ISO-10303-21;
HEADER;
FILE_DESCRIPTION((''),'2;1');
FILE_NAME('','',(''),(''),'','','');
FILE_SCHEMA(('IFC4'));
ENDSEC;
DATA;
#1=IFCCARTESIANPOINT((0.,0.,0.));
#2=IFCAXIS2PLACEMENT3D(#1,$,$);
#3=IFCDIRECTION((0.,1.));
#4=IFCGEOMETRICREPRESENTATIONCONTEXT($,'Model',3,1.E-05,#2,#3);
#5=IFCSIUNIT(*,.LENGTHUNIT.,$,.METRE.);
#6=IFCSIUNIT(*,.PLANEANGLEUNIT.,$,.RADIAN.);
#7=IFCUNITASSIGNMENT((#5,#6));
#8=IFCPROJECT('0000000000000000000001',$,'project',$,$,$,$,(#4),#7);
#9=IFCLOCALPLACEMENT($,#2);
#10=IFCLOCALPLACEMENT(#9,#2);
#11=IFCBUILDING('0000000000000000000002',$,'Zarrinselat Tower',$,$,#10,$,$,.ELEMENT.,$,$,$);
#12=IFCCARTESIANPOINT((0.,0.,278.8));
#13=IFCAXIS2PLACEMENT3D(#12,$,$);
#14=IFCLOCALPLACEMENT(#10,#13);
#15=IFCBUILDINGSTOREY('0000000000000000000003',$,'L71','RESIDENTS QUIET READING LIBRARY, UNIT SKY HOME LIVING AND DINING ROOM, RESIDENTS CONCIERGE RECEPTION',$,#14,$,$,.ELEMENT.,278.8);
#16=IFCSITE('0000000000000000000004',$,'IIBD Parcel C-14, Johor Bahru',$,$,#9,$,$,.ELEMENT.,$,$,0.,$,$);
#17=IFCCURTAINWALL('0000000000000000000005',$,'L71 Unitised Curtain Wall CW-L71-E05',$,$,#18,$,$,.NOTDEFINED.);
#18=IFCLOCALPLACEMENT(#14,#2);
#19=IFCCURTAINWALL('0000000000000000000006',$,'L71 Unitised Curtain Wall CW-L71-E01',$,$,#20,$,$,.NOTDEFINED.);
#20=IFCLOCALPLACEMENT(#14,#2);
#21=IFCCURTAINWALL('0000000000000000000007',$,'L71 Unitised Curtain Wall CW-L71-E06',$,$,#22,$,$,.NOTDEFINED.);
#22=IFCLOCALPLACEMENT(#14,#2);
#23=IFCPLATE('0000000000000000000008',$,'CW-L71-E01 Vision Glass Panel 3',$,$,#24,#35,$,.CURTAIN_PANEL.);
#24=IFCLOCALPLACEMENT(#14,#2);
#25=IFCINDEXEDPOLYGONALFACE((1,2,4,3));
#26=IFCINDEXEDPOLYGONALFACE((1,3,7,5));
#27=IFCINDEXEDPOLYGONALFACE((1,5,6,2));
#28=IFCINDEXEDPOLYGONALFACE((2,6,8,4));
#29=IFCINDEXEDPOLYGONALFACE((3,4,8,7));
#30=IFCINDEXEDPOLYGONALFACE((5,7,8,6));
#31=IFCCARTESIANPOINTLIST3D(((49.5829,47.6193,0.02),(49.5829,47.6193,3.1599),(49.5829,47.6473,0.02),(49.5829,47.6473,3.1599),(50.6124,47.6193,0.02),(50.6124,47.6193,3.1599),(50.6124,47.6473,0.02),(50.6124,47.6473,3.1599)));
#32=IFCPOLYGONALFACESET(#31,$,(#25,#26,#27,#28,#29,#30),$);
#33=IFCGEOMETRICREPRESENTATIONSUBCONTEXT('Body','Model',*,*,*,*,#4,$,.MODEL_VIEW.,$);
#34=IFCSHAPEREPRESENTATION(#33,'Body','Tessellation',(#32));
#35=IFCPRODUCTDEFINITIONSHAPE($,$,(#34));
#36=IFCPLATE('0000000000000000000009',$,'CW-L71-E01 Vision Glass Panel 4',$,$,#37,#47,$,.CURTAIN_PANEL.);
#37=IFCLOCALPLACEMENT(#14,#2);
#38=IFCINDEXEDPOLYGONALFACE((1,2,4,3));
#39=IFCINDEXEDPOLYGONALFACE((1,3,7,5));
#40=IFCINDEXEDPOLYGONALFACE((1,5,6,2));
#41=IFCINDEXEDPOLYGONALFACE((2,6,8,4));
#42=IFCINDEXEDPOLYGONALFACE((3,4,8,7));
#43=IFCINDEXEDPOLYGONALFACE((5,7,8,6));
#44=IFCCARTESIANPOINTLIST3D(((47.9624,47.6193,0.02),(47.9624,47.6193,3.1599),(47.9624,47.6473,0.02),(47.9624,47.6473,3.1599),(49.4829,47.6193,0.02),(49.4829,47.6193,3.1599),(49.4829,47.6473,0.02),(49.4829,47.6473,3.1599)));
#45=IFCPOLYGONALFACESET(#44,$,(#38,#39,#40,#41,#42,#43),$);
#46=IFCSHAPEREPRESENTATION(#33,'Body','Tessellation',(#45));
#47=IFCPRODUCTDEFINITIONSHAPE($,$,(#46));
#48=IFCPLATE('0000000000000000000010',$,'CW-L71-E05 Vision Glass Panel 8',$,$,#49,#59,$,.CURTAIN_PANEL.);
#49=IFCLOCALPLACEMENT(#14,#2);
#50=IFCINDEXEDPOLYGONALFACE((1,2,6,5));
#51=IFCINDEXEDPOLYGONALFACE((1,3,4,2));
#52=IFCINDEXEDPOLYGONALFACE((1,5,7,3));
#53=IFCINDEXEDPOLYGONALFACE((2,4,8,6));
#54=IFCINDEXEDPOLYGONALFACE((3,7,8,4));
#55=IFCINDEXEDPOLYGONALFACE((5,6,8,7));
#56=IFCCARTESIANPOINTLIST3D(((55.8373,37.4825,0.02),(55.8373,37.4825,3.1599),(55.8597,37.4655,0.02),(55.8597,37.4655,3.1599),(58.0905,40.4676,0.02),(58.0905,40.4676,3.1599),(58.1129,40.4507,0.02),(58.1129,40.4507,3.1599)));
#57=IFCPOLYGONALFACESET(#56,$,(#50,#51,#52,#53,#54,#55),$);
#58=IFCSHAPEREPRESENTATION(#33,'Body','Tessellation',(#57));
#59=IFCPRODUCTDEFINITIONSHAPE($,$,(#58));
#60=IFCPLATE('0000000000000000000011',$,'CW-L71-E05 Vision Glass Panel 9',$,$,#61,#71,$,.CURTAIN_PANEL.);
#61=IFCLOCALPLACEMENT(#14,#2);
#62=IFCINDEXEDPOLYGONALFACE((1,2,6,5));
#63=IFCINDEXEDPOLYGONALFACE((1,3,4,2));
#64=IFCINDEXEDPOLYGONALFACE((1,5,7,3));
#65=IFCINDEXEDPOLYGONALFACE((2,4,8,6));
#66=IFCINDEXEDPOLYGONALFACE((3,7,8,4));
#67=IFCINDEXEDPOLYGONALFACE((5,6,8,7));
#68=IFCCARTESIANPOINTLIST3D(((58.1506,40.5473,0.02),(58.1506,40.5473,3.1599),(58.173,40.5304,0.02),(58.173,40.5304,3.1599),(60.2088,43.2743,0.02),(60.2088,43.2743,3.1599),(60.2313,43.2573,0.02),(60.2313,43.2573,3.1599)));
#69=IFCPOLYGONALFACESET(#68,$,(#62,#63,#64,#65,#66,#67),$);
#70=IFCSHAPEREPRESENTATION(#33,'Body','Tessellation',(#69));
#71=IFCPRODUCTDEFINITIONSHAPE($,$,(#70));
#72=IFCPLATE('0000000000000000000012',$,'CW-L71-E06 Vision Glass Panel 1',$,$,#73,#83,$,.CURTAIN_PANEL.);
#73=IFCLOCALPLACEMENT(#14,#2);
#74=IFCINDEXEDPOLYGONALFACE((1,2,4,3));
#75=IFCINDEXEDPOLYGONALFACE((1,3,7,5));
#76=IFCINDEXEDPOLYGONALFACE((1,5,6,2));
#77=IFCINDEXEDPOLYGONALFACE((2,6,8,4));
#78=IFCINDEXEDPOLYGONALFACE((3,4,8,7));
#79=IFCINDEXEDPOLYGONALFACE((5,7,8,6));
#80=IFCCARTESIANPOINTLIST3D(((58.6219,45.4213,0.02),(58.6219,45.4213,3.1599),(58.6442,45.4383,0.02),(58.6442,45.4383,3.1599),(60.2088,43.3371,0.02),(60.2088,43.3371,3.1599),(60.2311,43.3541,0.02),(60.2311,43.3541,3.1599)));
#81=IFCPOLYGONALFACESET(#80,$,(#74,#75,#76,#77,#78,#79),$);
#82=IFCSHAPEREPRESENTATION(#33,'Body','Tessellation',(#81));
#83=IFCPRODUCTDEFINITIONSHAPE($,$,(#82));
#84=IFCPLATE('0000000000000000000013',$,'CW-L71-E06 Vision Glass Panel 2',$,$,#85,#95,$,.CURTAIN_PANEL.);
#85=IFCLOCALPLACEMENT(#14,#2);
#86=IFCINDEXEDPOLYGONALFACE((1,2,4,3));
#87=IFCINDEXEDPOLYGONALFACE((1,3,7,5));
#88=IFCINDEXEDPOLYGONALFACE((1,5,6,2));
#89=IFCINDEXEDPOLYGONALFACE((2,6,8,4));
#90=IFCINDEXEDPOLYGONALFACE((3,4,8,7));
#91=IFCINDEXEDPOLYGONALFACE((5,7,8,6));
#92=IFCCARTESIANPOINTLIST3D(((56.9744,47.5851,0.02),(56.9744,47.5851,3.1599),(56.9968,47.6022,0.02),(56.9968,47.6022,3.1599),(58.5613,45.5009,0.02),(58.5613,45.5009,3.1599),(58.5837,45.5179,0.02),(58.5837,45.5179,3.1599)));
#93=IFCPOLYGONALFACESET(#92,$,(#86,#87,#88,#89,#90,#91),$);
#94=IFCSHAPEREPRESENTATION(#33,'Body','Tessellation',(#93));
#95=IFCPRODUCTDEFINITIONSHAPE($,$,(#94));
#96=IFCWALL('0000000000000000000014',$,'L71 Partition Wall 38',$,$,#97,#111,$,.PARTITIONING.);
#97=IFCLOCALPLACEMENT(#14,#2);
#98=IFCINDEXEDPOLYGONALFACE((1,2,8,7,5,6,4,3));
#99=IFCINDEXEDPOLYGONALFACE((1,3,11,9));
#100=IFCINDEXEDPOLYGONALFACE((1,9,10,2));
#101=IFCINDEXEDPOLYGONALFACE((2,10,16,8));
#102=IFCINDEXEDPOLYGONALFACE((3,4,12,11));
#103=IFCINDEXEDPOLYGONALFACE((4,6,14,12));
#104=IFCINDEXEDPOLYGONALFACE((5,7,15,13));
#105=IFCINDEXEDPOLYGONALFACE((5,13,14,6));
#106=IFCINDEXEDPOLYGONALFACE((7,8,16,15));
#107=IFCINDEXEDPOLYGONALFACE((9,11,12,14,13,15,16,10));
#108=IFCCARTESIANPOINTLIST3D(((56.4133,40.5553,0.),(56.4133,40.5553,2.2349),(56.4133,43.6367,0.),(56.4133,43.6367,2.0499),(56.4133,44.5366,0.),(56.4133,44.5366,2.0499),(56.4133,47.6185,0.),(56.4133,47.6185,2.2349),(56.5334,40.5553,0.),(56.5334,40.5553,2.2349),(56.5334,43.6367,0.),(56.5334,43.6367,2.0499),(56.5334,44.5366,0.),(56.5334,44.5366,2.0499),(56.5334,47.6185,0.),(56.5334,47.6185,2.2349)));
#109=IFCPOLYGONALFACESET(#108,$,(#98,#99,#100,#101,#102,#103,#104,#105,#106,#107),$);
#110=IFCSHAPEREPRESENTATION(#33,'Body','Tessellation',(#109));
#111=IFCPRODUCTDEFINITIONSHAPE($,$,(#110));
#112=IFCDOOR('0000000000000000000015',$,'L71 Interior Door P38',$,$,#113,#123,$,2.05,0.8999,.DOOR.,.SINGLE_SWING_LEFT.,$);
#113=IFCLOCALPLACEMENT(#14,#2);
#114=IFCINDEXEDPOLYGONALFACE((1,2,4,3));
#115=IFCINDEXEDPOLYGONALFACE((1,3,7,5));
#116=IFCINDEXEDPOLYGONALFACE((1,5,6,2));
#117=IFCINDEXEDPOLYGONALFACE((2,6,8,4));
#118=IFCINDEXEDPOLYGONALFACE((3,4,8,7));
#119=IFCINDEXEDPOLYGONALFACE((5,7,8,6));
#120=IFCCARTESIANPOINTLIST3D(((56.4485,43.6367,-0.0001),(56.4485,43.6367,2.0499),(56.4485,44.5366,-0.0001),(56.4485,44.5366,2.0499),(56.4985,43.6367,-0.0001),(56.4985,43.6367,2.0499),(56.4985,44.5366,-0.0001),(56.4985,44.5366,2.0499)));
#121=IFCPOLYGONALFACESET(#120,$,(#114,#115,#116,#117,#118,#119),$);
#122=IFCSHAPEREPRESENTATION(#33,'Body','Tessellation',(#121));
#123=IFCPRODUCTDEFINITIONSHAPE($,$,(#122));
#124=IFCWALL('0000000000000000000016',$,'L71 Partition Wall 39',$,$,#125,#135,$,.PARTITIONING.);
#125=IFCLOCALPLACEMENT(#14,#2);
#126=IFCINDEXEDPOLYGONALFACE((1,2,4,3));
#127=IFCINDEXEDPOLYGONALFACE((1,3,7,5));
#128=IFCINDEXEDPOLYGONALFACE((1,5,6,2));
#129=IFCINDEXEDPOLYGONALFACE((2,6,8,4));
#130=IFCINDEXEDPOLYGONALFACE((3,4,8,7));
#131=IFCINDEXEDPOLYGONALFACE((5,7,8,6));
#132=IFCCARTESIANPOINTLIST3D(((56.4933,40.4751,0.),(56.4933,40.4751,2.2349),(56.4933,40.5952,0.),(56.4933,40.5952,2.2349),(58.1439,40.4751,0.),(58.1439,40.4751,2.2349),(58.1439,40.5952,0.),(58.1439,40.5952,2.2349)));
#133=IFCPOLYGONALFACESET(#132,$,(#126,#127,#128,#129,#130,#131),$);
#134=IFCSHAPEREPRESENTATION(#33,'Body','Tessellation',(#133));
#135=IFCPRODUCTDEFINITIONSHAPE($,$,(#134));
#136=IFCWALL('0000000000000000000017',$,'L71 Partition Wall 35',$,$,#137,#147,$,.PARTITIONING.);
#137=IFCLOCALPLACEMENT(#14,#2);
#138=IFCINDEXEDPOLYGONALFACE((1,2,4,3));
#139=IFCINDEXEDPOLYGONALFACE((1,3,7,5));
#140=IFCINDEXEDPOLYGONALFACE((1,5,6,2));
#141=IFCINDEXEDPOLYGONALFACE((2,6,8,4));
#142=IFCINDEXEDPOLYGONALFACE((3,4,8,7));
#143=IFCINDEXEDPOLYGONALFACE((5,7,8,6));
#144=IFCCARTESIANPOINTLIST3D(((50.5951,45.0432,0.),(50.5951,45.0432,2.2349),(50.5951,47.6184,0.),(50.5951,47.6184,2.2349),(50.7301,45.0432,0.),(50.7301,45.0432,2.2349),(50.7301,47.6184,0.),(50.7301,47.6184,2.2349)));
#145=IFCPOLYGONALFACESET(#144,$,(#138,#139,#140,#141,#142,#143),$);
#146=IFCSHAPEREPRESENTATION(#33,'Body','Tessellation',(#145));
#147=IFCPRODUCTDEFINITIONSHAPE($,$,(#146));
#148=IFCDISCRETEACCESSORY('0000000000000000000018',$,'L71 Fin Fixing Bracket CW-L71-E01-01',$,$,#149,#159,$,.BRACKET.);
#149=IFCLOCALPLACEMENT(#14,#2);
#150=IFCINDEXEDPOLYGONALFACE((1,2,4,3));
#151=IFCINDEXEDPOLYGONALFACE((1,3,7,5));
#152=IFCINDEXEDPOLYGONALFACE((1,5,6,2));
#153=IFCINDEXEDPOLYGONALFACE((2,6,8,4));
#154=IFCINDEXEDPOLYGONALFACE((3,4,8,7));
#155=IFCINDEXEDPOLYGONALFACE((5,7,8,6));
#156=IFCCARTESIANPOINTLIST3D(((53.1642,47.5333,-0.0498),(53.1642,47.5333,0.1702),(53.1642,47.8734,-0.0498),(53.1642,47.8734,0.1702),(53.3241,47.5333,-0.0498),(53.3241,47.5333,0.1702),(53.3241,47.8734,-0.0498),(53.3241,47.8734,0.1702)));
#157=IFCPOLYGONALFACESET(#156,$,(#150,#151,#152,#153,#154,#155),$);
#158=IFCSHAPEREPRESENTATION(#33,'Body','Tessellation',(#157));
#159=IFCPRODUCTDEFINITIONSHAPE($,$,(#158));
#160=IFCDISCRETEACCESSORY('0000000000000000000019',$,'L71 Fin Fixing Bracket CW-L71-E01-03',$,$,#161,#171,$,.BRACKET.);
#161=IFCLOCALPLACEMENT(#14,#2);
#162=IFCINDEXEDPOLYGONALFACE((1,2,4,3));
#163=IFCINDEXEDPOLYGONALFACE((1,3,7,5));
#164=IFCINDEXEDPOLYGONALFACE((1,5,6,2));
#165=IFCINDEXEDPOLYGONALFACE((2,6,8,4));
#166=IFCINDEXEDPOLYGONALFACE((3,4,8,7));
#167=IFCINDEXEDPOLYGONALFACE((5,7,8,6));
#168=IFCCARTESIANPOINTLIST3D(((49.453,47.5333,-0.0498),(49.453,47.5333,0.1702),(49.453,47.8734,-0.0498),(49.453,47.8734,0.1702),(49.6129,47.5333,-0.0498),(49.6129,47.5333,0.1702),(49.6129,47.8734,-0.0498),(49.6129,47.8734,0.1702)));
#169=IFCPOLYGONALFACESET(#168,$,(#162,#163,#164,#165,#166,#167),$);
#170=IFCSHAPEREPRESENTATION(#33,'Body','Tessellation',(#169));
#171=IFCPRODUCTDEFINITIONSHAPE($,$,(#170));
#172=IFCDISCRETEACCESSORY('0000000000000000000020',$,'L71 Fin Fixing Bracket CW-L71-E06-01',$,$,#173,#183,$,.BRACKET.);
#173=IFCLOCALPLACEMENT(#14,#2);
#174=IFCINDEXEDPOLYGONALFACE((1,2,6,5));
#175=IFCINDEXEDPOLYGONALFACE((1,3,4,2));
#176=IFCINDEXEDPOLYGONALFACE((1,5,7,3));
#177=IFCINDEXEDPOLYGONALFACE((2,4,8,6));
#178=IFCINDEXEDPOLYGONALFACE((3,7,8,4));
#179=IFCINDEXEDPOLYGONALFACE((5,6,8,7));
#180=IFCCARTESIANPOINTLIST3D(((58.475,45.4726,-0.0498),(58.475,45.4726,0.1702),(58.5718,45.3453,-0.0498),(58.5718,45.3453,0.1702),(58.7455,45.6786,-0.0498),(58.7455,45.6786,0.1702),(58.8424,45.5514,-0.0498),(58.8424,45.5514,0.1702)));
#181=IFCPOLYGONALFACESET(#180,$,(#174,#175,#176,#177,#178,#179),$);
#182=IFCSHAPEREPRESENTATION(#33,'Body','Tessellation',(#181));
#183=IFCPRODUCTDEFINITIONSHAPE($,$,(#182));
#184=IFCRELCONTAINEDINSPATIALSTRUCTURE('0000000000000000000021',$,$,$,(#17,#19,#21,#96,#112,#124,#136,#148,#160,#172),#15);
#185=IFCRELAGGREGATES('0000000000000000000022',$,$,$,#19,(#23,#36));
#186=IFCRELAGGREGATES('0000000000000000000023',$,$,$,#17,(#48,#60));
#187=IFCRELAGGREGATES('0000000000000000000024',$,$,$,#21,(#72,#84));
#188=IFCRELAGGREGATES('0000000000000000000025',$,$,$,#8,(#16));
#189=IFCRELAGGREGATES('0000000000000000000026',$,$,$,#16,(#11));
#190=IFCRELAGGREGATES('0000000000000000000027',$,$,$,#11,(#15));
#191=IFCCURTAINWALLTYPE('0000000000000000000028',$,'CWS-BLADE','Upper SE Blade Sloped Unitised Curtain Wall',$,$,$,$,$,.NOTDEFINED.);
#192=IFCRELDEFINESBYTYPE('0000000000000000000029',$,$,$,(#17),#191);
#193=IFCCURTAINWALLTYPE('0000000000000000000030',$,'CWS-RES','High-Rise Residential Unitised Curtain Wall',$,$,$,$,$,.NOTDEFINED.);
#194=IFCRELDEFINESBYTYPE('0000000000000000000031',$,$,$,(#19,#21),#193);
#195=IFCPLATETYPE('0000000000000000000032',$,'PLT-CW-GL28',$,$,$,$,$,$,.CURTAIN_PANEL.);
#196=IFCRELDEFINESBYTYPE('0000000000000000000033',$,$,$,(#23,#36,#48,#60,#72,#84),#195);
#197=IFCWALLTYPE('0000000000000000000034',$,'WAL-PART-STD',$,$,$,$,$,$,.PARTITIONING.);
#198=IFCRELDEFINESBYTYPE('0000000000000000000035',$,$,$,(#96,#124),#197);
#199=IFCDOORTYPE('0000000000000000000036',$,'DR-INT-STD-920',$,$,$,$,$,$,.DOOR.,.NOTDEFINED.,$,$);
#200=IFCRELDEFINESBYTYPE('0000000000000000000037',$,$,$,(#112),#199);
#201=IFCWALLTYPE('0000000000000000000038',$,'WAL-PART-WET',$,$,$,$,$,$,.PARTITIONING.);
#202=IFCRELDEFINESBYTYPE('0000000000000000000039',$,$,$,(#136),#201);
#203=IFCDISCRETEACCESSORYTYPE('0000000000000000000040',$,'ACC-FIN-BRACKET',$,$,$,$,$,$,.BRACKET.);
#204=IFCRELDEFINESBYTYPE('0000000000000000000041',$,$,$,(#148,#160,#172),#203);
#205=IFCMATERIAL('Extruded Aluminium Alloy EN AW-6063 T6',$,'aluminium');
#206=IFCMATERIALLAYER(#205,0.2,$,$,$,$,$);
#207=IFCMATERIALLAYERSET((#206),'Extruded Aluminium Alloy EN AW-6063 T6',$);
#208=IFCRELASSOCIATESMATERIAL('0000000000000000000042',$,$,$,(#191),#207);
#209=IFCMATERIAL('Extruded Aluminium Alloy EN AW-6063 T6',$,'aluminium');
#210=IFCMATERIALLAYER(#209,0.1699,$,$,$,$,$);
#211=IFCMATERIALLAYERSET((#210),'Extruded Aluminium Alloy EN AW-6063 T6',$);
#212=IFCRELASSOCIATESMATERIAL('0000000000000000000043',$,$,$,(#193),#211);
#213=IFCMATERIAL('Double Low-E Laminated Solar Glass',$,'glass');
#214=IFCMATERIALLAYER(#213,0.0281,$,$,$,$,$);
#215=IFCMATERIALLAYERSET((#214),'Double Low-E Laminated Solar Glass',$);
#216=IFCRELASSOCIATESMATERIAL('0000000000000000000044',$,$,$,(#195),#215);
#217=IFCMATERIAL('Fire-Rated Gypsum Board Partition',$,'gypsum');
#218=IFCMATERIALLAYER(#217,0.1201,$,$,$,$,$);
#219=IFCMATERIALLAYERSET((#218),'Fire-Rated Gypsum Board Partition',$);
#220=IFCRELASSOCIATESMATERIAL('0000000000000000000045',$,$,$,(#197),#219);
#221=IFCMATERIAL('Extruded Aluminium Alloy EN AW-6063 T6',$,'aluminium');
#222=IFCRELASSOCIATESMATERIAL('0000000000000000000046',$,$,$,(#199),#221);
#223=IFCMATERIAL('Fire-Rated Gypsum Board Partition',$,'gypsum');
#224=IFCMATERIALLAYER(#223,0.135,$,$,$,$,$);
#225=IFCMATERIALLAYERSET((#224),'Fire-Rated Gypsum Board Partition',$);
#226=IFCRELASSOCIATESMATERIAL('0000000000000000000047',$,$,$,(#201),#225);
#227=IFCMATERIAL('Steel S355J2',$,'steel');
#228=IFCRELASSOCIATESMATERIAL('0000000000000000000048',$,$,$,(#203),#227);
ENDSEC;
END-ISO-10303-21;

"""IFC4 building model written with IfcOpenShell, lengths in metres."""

from ifc_helpers import new_model, si_unit, direction, frame, frame_2d, origin, origin_2d, place, context, subcontext, project, spatial, rectangle, extrude, material, layer, layer_set, type_object, element, fill, aggregate, save


model = new_model("IFC4")

# Units and contexts
model_context = context("Model", 3, precision=1e-05, world=origin(), true_north=direction((0.0, 1.0)))
body_context = subcontext(model_context, "Body", "Model", "MODEL_VIEW")
ifc_project = project(units=[si_unit("LENGTHUNIT", "METRE"), si_unit("PLANEANGLEUNIT", "RADIAN")], contexts=[model_context])

# Site, building, storey
site_placement = place(None, origin())
site = spatial("IfcSite", under=ifc_project, at=site_placement, Name="IIBD Parcel C-14, Johor Bahru", CompositionType="ELEMENT", RefElevation=0.0)
building_placement = place(site_placement, origin())
building = spatial("IfcBuilding", under=site, at=building_placement, Name="Zarrinselat Tower", CompositionType="ELEMENT")
storey_placement = place(building_placement, frame((0.0, 0.0, 278.8)))
storey = spatial("IfcBuildingStorey", under=building, at=storey_placement, Name="L71", Description="RESIDENTS QUIET READING LIBRARY, UNIT SKY HOME LIVING AND DINING ROOM, RESIDENTS CONCIERGE RECEPTION", CompositionType="ELEMENT", Elevation=278.8)

# Curtain walls
ifc_material_1 = material(Name="Extruded Aluminium Alloy EN AW-6063 T6", Category="aluminium")
ifc_layer_1 = layer(ifc_material_1, 0.2)
ifc_layer_set_1 = layer_set([ifc_layer_1], Name="Extruded Aluminium Alloy EN AW-6063 T6")
curtain_wall_type_1 = type_object("IfcCurtainWallType", Name="CWS-BLADE", Description="Upper SE Blade Sloped Unitised Curtain Wall", PredefinedType="NOTDEFINED", material=ifc_layer_set_1)
curtain_wall_1_placement = place(storey_placement, origin())
curtain_wall_1 = element("IfcCurtainWall", 1, at=curtain_wall_1_placement, inside=storey, type_object=curtain_wall_type_1, Name="L71 Unitised Curtain Wall CW-L71-E05", PredefinedType="NOTDEFINED")
ifc_material_2 = material(Name="Extruded Aluminium Alloy EN AW-6063 T6", Category="aluminium")
ifc_layer_2 = layer(ifc_material_2, 0.1699)
ifc_layer_set_2 = layer_set([ifc_layer_2], Name="Extruded Aluminium Alloy EN AW-6063 T6")
curtain_wall_type_2 = type_object("IfcCurtainWallType", Name="CWS-RES", Description="High-Rise Residential Unitised Curtain Wall", PredefinedType="NOTDEFINED", material=ifc_layer_set_2)
curtain_wall_2_placement = place(storey_placement, origin())
curtain_wall_2 = element("IfcCurtainWall", 2, at=curtain_wall_2_placement, inside=storey, type_object=curtain_wall_type_2, Name="L71 Unitised Curtain Wall CW-L71-E01", PredefinedType="NOTDEFINED")

# Curtain wall
curtain_wall_3_placement = place(storey_placement, origin())
curtain_wall_3 = element("IfcCurtainWall", 3, at=curtain_wall_3_placement, inside=storey, type_object=curtain_wall_type_2, Name="L71 Unitised Curtain Wall CW-L71-E06", PredefinedType="NOTDEFINED")

# Plates
ifc_material_3 = material(Name="Double Low-E Laminated Solar Glass", Category="glass")
ifc_layer_3 = layer(ifc_material_3, 0.0281)
ifc_layer_set_3 = layer_set([ifc_layer_3], Name="Double Low-E Laminated Solar Glass")
plate_type = type_object("IfcPlateType", Name="PLT-CW-GL28", PredefinedType="CURTAIN_PANEL", material=ifc_layer_set_3)
plate_1_placement = place(storey_placement, frame((50.0977, 47.6333, 0.02), z_axis=(0.0, 0.0, 1.0), x_axis=(-1.0, 0.0, 0.0)))
plate_1 = element("IfcPlate", 4, at=plate_1_placement, type_object=plate_type, Name="CW-L71-E01 Vision Glass Panel 3", PredefinedType="CURTAIN_PANEL", context=body_context, shape_type="SweptSolid", body=[
    extrude(rectangle(XDim=1.0295, YDim=0.0281, at=origin_2d()), origin(), (0.0, 0.0, 1.0), 3.1399),
])
plate_2_placement = place(storey_placement, frame((48.7227, 47.6333, 0.02), z_axis=(0.0, 0.0, 1.0), x_axis=(-1.0, 0.0, 0.0)))
plate_2 = element("IfcPlate", 5, at=plate_2_placement, type_object=plate_type, Name="CW-L71-E01 Vision Glass Panel 4", PredefinedType="CURTAIN_PANEL", context=body_context, shape_type="SweptSolid", body=[
    extrude(rectangle(XDim=1.5205, YDim=0.0281, at=origin_2d()), origin(), (0.0, 0.0, 1.0), 3.1399),
])
aggregate(curtain_wall_2, [plate_1, plate_2])
plate_3_placement = place(storey_placement, frame((56.9751, 38.9666, 0.02), z_axis=(0.0, 0.0, 1.0), x_axis=(0.602445, 0.79816, 0.0)))
plate_3 = element("IfcPlate", 6, at=plate_3_placement, type_object=plate_type, Name="CW-L71-E05 Vision Glass Panel 8", PredefinedType="CURTAIN_PANEL", context=body_context, shape_type="SweptSolid", body=[
    extrude(rectangle(XDim=3.74, YDim=0.0281, at=origin_2d()), origin(), (0.0, 0.0, 1.0), 3.1399),
])
plate_4_placement = place(storey_placement, frame((59.1909, 41.9023, 0.02), z_axis=(0.0, 0.0, 1.0), x_axis=(0.602445, 0.79816, 0.0)))
plate_4 = element("IfcPlate", 7, at=plate_4_placement, type_object=plate_type, Name="CW-L71-E05 Vision Glass Panel 9", PredefinedType="CURTAIN_PANEL", context=body_context, shape_type="SweptSolid", body=[
    extrude(rectangle(XDim=3.4165, YDim=0.0281, at=origin_2d()), origin(), (0.0, 0.0, 1.0), 3.1399),
])
aggregate(curtain_wall_1, [plate_3, plate_4])
plate_5_placement = place(storey_placement, frame((59.4265, 44.3877, 0.02), z_axis=(0.0, 0.0, 1.0), x_axis=(-0.605773, 0.795637, 0.0)))
plate_5 = element("IfcPlate", 8, at=plate_5_placement, type_object=plate_type, Name="CW-L71-E06 Vision Glass Panel 1", PredefinedType="CURTAIN_PANEL", context=body_context, shape_type="SweptSolid", body=[
    extrude(rectangle(XDim=2.6196, YDim=0.0281, at=origin_2d()), origin(), (0.0, 0.0, 1.0), 3.1399),
])
plate_6_placement = place(storey_placement, frame((57.7791, 46.5515, 0.02), z_axis=(0.0, 0.0, 1.0), x_axis=(-0.605773, 0.795637, 0.0)))
plate_6 = element("IfcPlate", 9, at=plate_6_placement, type_object=plate_type, Name="CW-L71-E06 Vision Glass Panel 2", PredefinedType="CURTAIN_PANEL", context=body_context, shape_type="SweptSolid", body=[
    extrude(rectangle(XDim=2.6196, YDim=0.0281, at=origin_2d()), origin(), (0.0, 0.0, 1.0), 3.1399),
])
aggregate(curtain_wall_3, [plate_5, plate_6])

# Wall, opening, door
ifc_material_4 = material(Name="Fire-Rated Gypsum Board Partition", Category="gypsum")
ifc_layer_4 = layer(ifc_material_4, 0.1201)
ifc_layer_set_4 = layer_set([ifc_layer_4], Name="Fire-Rated Gypsum Board Partition")
wall_type_1 = type_object("IfcWallType", Name="WAL-PART-STD", PredefinedType="PARTITIONING", material=ifc_layer_set_4)
wall_1_placement = place(storey_placement, frame((56.4734, 40.5552, 0.0), z_axis=(0.0, 0.0, 1.0), x_axis=(0.0, 1.0, 0.0)))
wall_1 = element("IfcWall", 10, at=wall_1_placement, inside=storey, type_object=wall_type_1, Name="L71 Partition Wall 38", PredefinedType="PARTITIONING", context=body_context, shape_type="SweptSolid", body=[
    extrude(rectangle(XDim=7.0632, YDim=0.1201, at=frame_2d((3.5317, 0.0))), origin(), (0.0, 0.0, 1.0), 2.2349),
])
opening_placement = place(wall_1_placement, frame((3.0815, 0.0, 0.0)))
opening = element("IfcOpeningElement", 11, at=opening_placement, cuts=wall_1, PredefinedType="OPENING", context=body_context, shape_type="SweptSolid", body=[
    extrude(rectangle(XDim=0.8999, YDim=2.05, at=frame_2d((0.45, 1.0249))), frame((0.0, 0.0701, 0.0), z_axis=(0.0, -1.0, 0.0), x_axis=(1.0, 0.0, 0.0)), (0.0, 0.0, 1.0), 0.1401),
])
ifc_material_5 = material(Name="Extruded Aluminium Alloy EN AW-6063 T6", Category="aluminium")
door_type = type_object("IfcDoorType", Name="DR-INT-STD-920", OperationType="NOTDEFINED", PredefinedType="DOOR", material=ifc_material_5)
door_placement = place(opening_placement, origin())
door = element("IfcDoor", 12, at=door_placement, inside=storey, type_object=door_type, Name="L71 Interior Door P38", OperationType="SINGLE_SWING_LEFT", OverallHeight=2.05, OverallWidth=0.8999, PredefinedType="DOOR", context=body_context, shape_type="SweptSolid", body=[
    extrude(rectangle(XDim=0.8999, YDim=2.05, at=frame_2d((0.45, 1.0249))), frame((0.0, 0.0249, 0.0), z_axis=(0.0, -1.0, 0.0), x_axis=(1.0, 0.0, 0.0)), (0.0, 0.0, 1.0), 0.05),
])
fill(opening, door)

# Walls
wall_2_placement = place(storey_placement, frame((56.4934, 40.5352, 0.0), z_axis=(0.0, 0.0, 1.0), x_axis=(1.0, 0.0, 0.0)))
element("IfcWall", 13, at=wall_2_placement, inside=storey, type_object=wall_type_1, Name="L71 Partition Wall 39", PredefinedType="PARTITIONING", context=body_context, shape_type="SweptSolid", body=[
    extrude(rectangle(XDim=1.6506, YDim=0.1201, at=frame_2d((0.8252, 0.0))), origin(), (0.0, 0.0, 1.0), 2.2349),
])
ifc_material_6 = material(Name="Fire-Rated Gypsum Board Partition", Category="gypsum")
ifc_layer_5 = layer(ifc_material_6, 0.135)
ifc_layer_set_5 = layer_set([ifc_layer_5], Name="Fire-Rated Gypsum Board Partition")
wall_type_2 = type_object("IfcWallType", Name="WAL-PART-WET", PredefinedType="PARTITIONING", material=ifc_layer_set_5)
wall_3_placement = place(storey_placement, frame((50.6626, 45.0432, 0.0), z_axis=(0.0, 0.0, 1.0), x_axis=(0.0, 1.0, 0.0)))
element("IfcWall", 14, at=wall_3_placement, inside=storey, type_object=wall_type_2, Name="L71 Partition Wall 35", PredefinedType="PARTITIONING", context=body_context, shape_type="SweptSolid", body=[
    extrude(rectangle(XDim=2.5752, YDim=0.135, at=frame_2d((1.2876, 0.0))), origin(), (0.0, 0.0, 1.0), 2.2349),
])

# Discrete accessories
ifc_material_7 = material(Name="Steel S355J2", Category="steel")
discrete_accessory_type = type_object("IfcDiscreteAccessoryType", Name="ACC-FIN-BRACKET", PredefinedType="BRACKET", material=ifc_material_7)
for number, where, z_axis, x_axis, name in (
    (15, (53.2441, 47.7034, -0.0498), (0.0, 0.0, 1.0), (0.0, 1.0, 0.0), "L71 Fin Fixing Bracket CW-L71-E01-01"),
    (16, (49.533, 47.7034, -0.0498), (0.0, 0.0, 1.0), (0.0, 1.0, 0.0), "L71 Fin Fixing Bracket CW-L71-E01-03"),
    (17, (58.6587, 45.512, -0.0498), (0.0, 0.0, 1.0), (0.795637, 0.605773, 0.0), "L71 Fin Fixing Bracket CW-L71-E06-01"),
):
    element("IfcDiscreteAccessory", number, at=place(storey_placement, frame(where, z_axis=z_axis, x_axis=x_axis)), inside=storey, type_object=discrete_accessory_type, Name=name, PredefinedType="BRACKET", context=body_context, shape_type="SweptSolid", body=[
        extrude(rectangle(XDim=0.3401, YDim=0.1599, at=origin_2d()), origin(), (0.0, 0.0, 1.0), 0.22),
    ])

save(model, "model.ifc")
